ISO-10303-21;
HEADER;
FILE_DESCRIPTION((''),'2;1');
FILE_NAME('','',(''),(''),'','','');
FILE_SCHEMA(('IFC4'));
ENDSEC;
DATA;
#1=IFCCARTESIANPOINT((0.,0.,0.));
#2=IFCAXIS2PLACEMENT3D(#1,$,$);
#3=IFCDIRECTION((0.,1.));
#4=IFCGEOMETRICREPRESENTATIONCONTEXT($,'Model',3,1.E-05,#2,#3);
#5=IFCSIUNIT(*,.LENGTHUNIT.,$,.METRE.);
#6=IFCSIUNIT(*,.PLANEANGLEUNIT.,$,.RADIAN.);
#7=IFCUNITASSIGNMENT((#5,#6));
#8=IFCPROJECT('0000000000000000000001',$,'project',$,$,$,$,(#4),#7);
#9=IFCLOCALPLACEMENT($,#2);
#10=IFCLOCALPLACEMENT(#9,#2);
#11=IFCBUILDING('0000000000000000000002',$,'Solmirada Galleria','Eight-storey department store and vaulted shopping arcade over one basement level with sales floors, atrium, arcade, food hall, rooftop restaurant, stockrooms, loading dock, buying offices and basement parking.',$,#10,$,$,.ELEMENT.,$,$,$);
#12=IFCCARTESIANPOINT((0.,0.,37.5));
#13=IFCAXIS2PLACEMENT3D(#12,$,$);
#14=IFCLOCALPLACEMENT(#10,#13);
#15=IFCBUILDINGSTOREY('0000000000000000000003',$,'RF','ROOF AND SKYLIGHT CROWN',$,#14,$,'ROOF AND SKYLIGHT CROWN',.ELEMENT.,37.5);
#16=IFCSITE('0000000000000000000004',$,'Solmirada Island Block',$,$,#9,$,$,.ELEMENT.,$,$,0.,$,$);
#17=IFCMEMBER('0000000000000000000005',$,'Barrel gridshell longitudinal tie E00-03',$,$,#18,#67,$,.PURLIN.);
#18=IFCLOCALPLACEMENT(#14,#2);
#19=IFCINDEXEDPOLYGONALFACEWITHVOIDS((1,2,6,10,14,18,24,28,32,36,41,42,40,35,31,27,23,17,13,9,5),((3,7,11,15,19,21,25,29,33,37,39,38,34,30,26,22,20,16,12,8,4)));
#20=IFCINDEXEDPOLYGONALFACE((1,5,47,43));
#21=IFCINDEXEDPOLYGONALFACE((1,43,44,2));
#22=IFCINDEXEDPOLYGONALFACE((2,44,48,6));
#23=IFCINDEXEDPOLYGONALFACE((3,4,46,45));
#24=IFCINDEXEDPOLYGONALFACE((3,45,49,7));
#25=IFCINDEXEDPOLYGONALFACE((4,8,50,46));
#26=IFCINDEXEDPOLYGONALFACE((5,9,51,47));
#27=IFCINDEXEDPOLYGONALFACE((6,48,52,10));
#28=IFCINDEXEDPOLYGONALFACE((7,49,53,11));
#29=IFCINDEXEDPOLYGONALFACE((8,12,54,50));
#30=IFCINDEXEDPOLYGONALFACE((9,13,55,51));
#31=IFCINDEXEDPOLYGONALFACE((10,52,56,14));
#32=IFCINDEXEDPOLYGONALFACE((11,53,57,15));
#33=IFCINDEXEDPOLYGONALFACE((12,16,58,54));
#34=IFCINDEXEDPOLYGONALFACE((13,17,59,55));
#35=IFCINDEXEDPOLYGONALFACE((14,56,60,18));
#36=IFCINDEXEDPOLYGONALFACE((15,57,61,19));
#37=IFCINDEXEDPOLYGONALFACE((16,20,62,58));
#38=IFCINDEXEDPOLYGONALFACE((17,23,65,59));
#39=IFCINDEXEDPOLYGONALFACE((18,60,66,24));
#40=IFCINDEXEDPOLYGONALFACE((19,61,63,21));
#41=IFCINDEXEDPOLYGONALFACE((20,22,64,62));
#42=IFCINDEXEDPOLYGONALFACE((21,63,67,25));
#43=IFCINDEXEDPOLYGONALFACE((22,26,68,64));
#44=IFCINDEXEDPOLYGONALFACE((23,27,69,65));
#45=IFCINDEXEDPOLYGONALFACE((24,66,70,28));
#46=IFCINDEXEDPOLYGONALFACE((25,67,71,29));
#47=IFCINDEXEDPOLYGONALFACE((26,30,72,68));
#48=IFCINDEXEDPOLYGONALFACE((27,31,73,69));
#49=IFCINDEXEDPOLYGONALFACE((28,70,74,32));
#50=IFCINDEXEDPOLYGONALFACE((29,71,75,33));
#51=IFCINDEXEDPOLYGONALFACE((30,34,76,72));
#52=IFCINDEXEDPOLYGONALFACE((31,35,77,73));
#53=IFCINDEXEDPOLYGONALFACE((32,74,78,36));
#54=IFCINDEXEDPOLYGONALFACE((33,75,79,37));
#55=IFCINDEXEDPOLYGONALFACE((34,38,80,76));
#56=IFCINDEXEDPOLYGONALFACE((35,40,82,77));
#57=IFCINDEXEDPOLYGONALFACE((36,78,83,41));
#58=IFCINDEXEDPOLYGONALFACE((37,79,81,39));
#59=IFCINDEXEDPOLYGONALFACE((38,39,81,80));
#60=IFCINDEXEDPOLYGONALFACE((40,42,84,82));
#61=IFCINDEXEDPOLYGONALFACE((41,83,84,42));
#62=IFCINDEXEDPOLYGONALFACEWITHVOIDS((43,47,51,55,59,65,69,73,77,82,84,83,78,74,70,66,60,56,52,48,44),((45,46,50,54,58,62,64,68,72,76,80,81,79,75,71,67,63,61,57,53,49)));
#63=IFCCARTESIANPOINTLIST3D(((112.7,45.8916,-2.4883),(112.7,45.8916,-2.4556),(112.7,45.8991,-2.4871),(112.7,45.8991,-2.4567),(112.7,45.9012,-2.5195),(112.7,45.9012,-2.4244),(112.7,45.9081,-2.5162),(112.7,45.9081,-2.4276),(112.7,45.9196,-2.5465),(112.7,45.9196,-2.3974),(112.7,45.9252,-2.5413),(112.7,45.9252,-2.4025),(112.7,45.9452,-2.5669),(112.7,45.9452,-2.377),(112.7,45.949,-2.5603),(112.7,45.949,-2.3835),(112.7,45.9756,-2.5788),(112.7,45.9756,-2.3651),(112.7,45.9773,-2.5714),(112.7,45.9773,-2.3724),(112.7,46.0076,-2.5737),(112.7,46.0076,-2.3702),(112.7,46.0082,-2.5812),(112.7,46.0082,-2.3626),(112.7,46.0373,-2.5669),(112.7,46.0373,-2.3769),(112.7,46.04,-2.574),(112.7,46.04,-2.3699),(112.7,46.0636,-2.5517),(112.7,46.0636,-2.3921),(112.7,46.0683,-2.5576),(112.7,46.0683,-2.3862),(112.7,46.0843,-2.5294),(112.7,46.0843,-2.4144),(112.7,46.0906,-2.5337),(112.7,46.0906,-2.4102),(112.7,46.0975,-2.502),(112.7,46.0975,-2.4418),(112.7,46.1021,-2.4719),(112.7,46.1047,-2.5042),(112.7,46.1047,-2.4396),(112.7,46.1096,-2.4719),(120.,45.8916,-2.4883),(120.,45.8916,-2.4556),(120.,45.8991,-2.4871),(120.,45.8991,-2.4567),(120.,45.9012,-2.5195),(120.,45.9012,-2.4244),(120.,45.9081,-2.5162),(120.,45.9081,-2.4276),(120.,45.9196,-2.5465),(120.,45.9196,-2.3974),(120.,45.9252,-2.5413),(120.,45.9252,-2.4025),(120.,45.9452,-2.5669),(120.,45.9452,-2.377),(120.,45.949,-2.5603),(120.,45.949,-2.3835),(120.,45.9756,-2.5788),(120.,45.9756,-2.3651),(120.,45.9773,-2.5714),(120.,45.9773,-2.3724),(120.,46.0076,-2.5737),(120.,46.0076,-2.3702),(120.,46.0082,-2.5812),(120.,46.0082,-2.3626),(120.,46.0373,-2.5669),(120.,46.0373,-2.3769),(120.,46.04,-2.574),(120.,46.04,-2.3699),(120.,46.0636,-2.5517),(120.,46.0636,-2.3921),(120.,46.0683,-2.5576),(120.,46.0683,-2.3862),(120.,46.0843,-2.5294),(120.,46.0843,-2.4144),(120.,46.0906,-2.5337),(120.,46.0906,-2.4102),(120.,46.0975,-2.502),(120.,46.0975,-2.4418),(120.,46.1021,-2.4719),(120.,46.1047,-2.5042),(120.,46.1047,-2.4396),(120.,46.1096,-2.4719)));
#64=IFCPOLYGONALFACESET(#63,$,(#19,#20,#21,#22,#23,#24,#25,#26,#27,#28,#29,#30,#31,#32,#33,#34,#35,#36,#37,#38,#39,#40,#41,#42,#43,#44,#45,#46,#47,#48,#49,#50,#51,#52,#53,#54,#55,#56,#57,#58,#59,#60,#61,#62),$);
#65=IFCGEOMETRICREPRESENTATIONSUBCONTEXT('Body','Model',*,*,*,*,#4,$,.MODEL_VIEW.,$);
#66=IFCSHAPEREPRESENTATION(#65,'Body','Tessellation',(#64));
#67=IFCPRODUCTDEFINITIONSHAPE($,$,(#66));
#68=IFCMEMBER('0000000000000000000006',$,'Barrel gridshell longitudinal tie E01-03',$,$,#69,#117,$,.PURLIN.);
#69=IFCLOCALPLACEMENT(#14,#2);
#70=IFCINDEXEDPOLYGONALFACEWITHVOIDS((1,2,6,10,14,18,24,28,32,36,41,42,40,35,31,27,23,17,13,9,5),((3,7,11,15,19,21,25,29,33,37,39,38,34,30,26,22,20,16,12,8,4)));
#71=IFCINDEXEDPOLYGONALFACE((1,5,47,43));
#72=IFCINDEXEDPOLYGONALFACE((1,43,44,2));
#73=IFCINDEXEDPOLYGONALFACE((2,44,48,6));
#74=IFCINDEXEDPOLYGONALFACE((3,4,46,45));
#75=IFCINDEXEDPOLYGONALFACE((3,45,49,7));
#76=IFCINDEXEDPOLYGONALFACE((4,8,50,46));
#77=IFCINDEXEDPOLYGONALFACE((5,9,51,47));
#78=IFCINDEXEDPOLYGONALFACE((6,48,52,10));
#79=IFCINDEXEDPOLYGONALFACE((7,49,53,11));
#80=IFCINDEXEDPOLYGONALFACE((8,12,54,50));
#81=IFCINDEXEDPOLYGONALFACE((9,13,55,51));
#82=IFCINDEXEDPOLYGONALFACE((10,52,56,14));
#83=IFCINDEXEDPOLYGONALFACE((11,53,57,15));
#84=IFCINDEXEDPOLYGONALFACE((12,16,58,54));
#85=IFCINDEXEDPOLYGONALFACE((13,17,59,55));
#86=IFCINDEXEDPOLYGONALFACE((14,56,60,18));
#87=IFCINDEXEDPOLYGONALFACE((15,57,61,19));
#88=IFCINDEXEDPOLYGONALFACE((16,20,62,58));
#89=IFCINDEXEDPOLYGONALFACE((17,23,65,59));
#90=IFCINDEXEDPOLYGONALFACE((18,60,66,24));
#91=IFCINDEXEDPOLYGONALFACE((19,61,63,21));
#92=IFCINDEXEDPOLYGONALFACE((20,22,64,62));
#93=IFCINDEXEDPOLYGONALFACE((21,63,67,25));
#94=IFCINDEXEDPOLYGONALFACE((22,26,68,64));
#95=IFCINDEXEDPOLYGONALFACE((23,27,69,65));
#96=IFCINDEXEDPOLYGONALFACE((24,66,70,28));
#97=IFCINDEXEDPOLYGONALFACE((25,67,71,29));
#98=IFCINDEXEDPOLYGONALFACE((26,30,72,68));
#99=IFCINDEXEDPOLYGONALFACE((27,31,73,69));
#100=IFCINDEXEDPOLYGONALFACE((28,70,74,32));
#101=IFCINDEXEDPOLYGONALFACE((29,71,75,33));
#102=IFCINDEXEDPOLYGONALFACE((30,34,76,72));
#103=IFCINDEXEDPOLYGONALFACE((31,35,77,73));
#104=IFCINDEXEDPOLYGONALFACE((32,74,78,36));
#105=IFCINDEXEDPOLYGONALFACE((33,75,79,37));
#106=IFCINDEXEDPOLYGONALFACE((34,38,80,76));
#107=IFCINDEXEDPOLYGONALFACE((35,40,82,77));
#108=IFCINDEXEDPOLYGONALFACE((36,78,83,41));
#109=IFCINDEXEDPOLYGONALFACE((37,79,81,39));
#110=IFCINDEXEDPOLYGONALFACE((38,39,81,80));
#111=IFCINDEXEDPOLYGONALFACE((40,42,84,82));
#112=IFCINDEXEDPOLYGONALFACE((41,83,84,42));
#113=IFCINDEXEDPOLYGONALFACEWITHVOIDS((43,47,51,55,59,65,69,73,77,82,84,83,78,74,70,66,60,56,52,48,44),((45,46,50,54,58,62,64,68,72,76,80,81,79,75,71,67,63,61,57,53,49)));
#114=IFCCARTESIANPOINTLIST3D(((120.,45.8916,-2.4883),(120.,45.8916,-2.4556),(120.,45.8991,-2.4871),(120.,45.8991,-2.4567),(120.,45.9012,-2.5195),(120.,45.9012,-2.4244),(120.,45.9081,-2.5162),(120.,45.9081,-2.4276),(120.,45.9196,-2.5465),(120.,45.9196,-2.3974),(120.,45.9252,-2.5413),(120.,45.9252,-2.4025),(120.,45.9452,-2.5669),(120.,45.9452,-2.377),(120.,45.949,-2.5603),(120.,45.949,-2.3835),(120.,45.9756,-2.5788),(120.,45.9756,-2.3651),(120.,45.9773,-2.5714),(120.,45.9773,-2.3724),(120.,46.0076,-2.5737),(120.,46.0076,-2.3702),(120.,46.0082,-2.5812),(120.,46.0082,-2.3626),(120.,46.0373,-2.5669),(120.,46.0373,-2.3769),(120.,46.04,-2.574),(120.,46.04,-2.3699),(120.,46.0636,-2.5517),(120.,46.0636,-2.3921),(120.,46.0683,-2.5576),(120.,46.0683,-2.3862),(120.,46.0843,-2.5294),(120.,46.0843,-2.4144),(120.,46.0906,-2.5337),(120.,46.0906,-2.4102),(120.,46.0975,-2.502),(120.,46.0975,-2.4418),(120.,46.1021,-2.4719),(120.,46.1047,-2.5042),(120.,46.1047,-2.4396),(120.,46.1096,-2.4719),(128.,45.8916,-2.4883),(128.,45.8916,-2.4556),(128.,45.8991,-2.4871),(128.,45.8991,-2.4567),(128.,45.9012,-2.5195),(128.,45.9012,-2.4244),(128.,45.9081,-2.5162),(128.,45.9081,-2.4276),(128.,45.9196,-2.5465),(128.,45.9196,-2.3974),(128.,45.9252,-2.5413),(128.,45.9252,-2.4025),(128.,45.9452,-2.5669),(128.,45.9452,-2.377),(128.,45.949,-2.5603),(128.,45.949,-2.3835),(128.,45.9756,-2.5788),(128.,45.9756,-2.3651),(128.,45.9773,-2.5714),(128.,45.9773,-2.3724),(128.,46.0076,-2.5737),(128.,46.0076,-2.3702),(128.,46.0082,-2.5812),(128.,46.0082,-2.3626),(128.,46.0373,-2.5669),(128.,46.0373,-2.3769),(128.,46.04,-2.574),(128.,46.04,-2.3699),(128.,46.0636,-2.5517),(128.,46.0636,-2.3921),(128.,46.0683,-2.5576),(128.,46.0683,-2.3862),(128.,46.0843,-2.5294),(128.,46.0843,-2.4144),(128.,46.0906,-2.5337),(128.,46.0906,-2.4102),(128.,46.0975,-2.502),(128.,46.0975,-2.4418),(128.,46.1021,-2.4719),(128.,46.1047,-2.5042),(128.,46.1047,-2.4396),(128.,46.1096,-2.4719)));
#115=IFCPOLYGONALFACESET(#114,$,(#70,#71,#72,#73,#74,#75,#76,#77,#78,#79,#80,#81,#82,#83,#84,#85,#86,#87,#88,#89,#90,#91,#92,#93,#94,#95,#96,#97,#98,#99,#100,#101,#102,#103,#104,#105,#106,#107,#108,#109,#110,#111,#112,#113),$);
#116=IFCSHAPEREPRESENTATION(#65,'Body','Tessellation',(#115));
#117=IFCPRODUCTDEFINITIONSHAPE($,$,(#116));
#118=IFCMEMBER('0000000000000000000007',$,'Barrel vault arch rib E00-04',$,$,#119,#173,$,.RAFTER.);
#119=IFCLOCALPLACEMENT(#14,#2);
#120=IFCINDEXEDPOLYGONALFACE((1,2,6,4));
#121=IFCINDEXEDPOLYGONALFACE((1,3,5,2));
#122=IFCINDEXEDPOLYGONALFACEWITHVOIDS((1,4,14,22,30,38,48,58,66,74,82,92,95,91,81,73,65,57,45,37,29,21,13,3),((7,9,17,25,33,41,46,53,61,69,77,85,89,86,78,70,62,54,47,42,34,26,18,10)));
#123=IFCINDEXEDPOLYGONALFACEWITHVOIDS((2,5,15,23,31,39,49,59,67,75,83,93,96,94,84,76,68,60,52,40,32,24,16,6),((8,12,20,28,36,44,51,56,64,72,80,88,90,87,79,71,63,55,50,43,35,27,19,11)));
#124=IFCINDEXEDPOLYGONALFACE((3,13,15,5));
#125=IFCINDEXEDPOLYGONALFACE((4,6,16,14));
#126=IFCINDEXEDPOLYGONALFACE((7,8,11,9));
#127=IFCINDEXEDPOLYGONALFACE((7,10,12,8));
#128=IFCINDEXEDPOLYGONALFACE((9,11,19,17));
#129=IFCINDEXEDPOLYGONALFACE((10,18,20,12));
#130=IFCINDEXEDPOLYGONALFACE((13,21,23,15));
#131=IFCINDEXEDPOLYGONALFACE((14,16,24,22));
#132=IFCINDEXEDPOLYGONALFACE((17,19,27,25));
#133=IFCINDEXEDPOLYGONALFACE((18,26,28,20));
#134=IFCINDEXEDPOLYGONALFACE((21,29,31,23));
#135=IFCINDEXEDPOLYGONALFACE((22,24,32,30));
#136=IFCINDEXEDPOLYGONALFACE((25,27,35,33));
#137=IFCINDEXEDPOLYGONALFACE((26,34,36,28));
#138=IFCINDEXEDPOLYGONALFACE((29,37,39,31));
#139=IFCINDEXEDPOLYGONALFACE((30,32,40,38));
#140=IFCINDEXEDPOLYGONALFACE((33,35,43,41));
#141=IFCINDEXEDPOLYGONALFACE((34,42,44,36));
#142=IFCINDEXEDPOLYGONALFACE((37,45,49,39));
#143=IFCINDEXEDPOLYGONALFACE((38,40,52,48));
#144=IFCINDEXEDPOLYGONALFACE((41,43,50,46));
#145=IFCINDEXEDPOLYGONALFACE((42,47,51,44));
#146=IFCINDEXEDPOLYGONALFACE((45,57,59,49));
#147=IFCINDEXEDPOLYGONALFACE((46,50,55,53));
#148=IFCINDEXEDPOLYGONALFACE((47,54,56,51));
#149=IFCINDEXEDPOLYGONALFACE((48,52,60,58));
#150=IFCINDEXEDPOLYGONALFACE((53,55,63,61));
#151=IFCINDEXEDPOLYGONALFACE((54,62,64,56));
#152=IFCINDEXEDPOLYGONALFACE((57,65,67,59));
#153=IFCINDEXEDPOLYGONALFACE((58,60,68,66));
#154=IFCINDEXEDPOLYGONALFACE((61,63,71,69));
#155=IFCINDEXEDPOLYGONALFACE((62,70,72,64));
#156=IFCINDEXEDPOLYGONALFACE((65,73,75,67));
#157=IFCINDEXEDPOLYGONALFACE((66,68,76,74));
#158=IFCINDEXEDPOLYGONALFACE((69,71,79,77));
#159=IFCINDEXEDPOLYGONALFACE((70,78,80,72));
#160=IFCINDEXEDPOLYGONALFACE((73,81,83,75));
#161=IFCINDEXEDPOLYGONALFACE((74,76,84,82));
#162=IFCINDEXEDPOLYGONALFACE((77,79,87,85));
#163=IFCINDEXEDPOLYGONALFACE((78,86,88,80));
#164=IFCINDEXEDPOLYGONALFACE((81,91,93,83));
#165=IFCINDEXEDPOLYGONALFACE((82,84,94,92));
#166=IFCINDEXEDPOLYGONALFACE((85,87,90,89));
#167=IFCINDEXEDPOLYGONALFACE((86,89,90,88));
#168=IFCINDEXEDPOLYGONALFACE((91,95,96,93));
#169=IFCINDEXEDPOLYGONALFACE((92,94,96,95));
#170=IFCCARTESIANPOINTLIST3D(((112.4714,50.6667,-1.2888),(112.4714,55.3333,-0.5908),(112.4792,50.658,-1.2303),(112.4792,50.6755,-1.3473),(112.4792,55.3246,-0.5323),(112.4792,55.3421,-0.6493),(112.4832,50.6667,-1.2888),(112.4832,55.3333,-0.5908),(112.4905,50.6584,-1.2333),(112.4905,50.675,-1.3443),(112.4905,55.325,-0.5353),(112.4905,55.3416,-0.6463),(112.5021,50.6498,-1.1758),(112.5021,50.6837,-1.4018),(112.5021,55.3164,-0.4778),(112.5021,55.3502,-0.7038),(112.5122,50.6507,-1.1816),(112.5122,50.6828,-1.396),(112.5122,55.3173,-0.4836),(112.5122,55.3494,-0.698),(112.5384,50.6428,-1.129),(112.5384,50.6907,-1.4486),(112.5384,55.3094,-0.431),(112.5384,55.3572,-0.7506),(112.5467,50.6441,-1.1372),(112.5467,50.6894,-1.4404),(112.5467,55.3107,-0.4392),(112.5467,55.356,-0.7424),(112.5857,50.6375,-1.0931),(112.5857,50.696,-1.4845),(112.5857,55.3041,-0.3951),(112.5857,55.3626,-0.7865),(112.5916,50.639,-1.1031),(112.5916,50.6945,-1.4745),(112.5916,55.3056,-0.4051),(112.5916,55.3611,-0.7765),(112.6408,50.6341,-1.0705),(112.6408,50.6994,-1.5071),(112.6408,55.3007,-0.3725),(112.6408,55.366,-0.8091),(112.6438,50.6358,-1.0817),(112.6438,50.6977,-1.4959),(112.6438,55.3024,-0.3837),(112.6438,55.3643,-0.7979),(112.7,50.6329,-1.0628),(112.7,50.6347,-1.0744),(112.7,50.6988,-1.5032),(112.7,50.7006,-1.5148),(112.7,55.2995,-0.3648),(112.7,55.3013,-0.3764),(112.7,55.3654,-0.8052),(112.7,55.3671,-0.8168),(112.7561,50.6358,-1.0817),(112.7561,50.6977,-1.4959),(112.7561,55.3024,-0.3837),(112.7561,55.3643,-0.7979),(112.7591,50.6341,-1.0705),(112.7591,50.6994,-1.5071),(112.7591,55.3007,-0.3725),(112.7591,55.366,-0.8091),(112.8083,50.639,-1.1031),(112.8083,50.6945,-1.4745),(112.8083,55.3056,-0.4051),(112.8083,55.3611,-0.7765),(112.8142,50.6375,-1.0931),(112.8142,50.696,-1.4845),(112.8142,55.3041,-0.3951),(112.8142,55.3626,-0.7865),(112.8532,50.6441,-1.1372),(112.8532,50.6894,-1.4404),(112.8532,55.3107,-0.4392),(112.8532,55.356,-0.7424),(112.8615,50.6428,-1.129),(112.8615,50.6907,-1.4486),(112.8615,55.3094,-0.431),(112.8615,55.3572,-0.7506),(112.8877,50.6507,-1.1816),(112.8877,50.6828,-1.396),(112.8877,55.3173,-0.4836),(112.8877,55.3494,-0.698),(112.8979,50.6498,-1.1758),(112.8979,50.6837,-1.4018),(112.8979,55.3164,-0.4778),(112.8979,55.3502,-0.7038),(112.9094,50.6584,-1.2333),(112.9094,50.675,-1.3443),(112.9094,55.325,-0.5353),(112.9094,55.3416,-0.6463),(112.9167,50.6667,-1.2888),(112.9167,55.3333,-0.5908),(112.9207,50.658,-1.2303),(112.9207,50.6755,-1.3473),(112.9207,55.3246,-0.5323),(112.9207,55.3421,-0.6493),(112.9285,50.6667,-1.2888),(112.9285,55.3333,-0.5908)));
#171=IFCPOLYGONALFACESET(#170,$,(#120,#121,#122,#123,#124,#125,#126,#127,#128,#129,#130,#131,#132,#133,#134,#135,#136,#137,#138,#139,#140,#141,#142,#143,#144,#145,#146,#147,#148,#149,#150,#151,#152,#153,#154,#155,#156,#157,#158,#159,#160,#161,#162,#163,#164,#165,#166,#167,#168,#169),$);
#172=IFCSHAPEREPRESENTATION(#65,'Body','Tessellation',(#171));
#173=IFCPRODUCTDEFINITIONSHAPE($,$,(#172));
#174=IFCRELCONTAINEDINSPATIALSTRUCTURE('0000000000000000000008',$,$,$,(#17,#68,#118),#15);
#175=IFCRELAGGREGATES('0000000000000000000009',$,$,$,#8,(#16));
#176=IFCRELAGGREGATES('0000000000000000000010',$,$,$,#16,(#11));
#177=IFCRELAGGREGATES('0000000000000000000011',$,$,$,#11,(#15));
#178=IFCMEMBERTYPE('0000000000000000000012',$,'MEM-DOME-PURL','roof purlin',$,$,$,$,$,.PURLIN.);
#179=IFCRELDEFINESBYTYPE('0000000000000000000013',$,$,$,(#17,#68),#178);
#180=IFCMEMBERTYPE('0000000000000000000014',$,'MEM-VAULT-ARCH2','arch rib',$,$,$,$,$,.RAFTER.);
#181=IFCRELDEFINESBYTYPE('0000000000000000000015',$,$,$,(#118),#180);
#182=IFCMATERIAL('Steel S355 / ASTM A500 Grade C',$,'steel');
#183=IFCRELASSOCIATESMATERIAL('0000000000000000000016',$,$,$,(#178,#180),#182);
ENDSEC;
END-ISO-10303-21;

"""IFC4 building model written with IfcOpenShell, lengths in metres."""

from ifc_helpers import new_model, si_unit, direction, frame, origin, origin_2d, place, context, subcontext, project, spatial, hollow_circle, extrude, material, material_profile, profile_set, type_object, element, save


model = new_model("IFC4")

# Units and contexts
model_context = context("Model", 3, precision=1e-05, world=origin(), true_north=direction((0.0, 1.0)))
body_context = subcontext(model_context, "Body", "Model", "MODEL_VIEW")
ifc_project = project(units=[si_unit("LENGTHUNIT", "METRE"), si_unit("PLANEANGLEUNIT", "RADIAN")], contexts=[model_context])

# Site, building, storey
site_placement = place(None, origin())
site = spatial("IfcSite", under=ifc_project, at=site_placement, Name="Solmirada Island Block", CompositionType="ELEMENT", RefElevation=0.0)
building_placement = place(site_placement, origin())
building = spatial("IfcBuilding", under=site, at=building_placement, Name="Solmirada Galleria", Description="Eight-storey department store and vaulted shopping arcade over one basement level with sales floors, atrium, arcade, food hall, rooftop restaurant, stockrooms, loading dock, buying offices and basement parking.", CompositionType="ELEMENT")
storey_placement = place(building_placement, frame((0.0, 0.0, 37.5)))
storey = spatial("IfcBuildingStorey", under=building, at=storey_placement, Name="RF", Description="ROOF AND SKYLIGHT CROWN", LongName="ROOF AND SKYLIGHT CROWN", CompositionType="ELEMENT", Elevation=37.5)

# Members
ifc_material_1 = material(Name="Steel S355 / ASTM A500 Grade C", Category="steel")
ifc_material_profile_1 = material_profile(ifc_material_1, hollow_circle(Radius=0.1096, WallThickness=0.0076, at=origin_2d()), Name="HSS8.625X0.322")
ifc_profile_set_1 = profile_set([ifc_material_profile_1], Name="Steel S355 / ASTM A500 Grade C")
member_type_1 = type_object("IfcMemberType", Name="MEM-DOME-PURL", Description="roof purlin", PredefinedType="PURLIN", material=ifc_profile_set_1)
member_1_placement = place(storey_placement, frame((112.7, 46.0, -2.4719), z_axis=(1.0, 0.0, 0.0), x_axis=(0.0, 1.0, 0.0)))
element("IfcMember", 1, at=member_1_placement, inside=storey, type_object=member_type_1, Name="Barrel gridshell longitudinal tie E00-03", PredefinedType="PURLIN", context=body_context, shape_type="SweptSolid", body=[
    extrude(hollow_circle(Radius=0.1096, WallThickness=0.0076, at=origin_2d()), origin(), (0.0, 0.0, 1.0), 7.3),
])
member_2_placement = place(storey_placement, frame((120.0, 46.0, -2.4719), z_axis=(1.0, 0.0, 0.0), x_axis=(0.0, 1.0, 0.0)))
element("IfcMember", 2, at=member_2_placement, inside=storey, type_object=member_type_1, Name="Barrel gridshell longitudinal tie E01-03", PredefinedType="PURLIN", context=body_context, shape_type="SweptSolid", body=[
    extrude(hollow_circle(Radius=0.1096, WallThickness=0.0076, at=origin_2d()), origin(), (0.0, 0.0, 1.0), 8.0),
])
ifc_material_profile_2 = material_profile(ifc_material_1, hollow_circle(Radius=0.2285, WallThickness=0.0117, at=origin_2d()), Name="HSS18.000X0.500")
ifc_profile_set_2 = profile_set([ifc_material_profile_2], Name="Steel S355 / ASTM A500 Grade C")
member_type_2 = type_object("IfcMemberType", Name="MEM-VAULT-ARCH2", Description="arch rib", PredefinedType="RAFTER", material=ifc_profile_set_2)
member_3_placement = place(storey_placement, frame((112.7, 50.6667, -1.2888), z_axis=(0.0, 0.988998, 0.147931), x_axis=(-1.0, 0.0, 0.0)))
element("IfcMember", 3, at=member_3_placement, inside=storey, type_object=member_type_2, Name="Barrel vault arch rib E00-04", PredefinedType="RAFTER", context=body_context, shape_type="SweptSolid", body=[
    extrude(hollow_circle(Radius=0.2285, WallThickness=0.0117, at=origin_2d()), origin(), (0.0, 0.0, 1.0), 4.7185),
])

save(model, "model.ifc")
